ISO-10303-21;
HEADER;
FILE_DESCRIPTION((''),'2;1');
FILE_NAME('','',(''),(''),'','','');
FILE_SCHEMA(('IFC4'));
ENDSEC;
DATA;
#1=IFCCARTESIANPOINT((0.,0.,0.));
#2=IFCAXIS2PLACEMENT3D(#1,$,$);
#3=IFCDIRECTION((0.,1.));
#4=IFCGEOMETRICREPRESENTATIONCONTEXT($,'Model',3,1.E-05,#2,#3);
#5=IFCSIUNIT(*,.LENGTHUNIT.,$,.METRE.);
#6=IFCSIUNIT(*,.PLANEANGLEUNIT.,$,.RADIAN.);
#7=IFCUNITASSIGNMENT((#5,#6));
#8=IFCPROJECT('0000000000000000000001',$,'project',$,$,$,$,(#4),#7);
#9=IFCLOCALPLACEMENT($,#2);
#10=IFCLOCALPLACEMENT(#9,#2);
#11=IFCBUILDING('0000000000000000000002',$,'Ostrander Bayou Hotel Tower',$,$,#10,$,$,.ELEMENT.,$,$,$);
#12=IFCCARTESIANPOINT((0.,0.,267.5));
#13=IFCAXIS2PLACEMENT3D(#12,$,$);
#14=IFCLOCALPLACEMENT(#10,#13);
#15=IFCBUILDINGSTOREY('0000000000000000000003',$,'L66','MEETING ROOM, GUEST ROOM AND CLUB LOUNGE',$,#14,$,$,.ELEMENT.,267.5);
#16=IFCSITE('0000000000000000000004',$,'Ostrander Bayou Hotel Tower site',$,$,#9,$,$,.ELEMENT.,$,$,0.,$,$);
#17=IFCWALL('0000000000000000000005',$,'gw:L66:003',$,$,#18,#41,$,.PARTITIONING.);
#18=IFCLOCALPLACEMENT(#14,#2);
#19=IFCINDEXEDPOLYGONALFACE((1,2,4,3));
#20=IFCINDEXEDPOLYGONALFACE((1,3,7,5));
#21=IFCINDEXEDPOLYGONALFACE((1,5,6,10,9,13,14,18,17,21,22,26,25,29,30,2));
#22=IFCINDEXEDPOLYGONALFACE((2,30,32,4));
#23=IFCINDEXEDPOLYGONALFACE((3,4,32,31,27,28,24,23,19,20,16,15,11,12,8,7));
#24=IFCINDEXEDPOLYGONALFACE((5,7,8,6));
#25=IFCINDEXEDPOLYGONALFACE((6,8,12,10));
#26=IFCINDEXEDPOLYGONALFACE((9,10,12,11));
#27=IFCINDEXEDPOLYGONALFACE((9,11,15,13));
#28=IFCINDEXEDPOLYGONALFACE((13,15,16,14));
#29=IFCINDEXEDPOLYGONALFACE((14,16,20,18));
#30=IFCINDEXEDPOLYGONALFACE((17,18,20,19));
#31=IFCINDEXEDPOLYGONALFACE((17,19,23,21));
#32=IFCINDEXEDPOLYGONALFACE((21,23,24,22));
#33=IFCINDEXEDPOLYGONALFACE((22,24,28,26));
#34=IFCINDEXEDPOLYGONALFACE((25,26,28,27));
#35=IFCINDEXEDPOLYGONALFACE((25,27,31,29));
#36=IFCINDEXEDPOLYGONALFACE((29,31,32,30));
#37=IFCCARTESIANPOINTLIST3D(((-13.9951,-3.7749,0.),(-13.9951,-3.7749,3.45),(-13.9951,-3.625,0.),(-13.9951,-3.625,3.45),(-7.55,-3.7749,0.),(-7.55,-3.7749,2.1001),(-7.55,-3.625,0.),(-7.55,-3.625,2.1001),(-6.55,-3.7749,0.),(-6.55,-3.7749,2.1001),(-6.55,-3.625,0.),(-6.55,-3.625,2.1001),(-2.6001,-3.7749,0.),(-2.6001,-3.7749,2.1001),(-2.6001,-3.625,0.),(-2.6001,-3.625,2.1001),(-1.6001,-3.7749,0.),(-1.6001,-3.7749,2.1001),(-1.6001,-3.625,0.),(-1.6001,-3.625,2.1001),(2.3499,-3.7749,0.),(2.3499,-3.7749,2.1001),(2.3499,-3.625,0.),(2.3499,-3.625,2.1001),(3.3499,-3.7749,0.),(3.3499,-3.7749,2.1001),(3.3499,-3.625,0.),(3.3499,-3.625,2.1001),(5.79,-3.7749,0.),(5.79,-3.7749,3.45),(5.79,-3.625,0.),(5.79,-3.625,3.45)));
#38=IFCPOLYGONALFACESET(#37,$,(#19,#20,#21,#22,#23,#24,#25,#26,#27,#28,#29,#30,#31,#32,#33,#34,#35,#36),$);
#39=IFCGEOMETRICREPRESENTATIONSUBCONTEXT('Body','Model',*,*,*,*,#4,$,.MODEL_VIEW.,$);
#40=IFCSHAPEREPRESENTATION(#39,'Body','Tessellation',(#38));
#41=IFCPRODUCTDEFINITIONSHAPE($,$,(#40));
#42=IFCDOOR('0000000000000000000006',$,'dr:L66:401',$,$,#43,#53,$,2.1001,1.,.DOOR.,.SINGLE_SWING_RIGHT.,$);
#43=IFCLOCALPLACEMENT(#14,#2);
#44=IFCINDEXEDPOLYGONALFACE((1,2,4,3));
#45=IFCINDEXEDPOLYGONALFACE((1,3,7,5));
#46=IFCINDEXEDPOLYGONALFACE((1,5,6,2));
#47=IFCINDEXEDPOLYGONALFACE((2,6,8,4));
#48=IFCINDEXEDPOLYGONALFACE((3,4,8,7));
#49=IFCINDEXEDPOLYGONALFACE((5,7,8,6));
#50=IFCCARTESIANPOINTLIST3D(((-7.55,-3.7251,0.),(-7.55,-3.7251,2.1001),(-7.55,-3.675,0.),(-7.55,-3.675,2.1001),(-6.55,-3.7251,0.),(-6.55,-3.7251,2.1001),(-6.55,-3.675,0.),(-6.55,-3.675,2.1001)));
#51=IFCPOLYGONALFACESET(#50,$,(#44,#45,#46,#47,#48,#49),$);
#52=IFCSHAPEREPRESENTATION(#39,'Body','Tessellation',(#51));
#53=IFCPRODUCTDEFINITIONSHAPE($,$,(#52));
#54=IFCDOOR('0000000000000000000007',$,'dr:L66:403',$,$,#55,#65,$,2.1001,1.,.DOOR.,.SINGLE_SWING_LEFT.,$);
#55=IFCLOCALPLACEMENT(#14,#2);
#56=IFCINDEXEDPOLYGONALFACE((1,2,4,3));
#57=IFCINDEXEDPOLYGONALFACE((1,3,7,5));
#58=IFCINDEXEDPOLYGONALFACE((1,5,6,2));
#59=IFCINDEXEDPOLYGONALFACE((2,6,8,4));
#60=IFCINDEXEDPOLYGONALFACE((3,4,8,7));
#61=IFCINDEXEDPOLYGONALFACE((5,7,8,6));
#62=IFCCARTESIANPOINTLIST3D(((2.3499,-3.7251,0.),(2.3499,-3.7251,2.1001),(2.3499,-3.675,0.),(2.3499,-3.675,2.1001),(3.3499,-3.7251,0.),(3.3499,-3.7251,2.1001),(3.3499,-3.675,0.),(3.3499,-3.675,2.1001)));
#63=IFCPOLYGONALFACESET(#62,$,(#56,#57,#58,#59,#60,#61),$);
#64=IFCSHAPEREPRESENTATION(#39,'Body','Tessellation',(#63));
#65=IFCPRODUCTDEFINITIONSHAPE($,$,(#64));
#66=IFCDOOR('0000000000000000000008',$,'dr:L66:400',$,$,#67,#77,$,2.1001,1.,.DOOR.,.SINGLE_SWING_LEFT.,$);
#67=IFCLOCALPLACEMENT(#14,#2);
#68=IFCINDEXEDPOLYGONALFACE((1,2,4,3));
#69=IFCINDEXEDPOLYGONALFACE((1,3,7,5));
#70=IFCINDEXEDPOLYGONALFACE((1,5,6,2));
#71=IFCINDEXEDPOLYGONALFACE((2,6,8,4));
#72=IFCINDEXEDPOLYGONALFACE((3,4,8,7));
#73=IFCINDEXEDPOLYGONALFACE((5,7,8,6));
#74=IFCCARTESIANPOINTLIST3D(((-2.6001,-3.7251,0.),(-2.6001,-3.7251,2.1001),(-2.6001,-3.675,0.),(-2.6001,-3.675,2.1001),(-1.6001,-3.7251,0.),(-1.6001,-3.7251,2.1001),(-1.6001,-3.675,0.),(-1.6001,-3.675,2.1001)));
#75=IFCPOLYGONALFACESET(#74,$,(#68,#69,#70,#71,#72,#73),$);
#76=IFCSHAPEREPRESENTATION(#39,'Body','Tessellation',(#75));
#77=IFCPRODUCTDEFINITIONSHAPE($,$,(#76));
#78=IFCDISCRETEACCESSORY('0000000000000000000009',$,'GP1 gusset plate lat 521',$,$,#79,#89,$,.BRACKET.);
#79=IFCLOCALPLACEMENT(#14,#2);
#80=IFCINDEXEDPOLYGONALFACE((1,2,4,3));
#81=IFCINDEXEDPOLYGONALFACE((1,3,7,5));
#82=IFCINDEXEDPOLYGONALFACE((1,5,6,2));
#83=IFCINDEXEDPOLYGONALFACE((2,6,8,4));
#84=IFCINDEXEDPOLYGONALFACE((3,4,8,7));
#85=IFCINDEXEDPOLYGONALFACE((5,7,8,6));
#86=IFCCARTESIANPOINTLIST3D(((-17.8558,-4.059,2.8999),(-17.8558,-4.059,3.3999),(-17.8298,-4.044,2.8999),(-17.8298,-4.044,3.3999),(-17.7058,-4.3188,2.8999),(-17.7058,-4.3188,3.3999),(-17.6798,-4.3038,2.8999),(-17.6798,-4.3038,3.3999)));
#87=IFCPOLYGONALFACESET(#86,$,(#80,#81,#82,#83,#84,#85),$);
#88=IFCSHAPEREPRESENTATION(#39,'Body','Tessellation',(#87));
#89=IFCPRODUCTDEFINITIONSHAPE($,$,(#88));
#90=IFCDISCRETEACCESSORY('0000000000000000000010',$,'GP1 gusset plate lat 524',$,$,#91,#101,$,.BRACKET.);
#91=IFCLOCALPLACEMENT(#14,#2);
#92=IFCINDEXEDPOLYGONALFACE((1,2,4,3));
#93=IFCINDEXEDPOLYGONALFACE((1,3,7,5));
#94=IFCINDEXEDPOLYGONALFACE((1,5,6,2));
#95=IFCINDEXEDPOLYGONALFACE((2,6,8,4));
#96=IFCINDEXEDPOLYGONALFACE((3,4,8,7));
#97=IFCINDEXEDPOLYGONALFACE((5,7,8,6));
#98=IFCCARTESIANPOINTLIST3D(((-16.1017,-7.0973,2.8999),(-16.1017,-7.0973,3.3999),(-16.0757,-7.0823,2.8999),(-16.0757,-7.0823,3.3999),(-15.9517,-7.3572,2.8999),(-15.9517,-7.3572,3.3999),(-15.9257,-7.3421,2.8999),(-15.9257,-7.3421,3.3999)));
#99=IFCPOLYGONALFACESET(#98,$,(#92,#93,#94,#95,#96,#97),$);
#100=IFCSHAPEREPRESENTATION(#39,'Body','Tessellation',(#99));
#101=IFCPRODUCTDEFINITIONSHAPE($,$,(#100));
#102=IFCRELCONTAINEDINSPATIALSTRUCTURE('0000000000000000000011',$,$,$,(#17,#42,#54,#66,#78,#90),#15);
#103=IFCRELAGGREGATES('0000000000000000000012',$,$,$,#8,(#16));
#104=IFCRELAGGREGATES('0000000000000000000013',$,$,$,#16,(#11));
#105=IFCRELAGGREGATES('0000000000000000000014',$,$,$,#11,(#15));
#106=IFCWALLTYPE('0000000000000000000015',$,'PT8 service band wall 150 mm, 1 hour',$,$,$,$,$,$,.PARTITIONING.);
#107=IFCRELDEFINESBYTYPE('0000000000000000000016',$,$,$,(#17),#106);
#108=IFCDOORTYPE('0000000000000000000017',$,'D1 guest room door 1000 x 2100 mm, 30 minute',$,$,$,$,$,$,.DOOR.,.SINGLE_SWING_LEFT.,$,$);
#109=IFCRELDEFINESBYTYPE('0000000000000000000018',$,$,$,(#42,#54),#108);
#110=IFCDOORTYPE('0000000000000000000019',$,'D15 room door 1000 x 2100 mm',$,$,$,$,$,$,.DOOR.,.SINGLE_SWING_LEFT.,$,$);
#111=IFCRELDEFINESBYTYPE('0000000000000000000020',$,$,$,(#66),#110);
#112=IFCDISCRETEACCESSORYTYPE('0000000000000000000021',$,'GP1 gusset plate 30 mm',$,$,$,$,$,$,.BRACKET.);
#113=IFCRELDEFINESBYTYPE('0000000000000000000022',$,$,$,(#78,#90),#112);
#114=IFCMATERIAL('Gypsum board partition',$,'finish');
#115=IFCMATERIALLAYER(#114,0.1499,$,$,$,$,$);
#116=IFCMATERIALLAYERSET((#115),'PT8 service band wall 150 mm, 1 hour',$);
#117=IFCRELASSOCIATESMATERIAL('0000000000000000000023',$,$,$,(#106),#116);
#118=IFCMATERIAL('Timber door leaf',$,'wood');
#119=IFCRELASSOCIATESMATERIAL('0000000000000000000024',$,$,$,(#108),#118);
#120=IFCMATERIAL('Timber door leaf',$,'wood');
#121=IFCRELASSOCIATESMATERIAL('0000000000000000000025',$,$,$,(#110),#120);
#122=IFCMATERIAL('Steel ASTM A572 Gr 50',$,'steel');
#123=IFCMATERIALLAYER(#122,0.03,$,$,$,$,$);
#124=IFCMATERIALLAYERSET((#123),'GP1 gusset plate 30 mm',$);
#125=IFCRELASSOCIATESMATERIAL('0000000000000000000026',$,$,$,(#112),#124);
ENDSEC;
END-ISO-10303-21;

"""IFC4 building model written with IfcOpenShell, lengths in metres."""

from ifc_helpers import new_model, si_unit, direction, frame, frame_2d, origin, origin_2d, place, context, subcontext, project, spatial, rectangle, extrude, material, layer, layer_set, type_object, element, fill, save


model = new_model("IFC4")

# Units and contexts
model_context = context("Model", 3, precision=1e-05, world=origin(), true_north=direction((0.0, 1.0)))
body_context = subcontext(model_context, "Body", "Model", "MODEL_VIEW")
ifc_project = project(units=[si_unit("LENGTHUNIT", "METRE"), si_unit("PLANEANGLEUNIT", "RADIAN")], contexts=[model_context])

# Site, building, storey
site_placement = place(None, origin())
site = spatial("IfcSite", under=ifc_project, at=site_placement, Name="Ostrander Bayou Hotel Tower site", CompositionType="ELEMENT", RefElevation=0.0)
building_placement = place(site_placement, origin())
building = spatial("IfcBuilding", under=site, at=building_placement, Name="Ostrander Bayou Hotel Tower", CompositionType="ELEMENT")
storey_placement = place(building_placement, frame((0.0, 0.0, 267.5)))
storey = spatial("IfcBuildingStorey", under=building, at=storey_placement, Name="L66", Description="MEETING ROOM, GUEST ROOM AND CLUB LOUNGE", CompositionType="ELEMENT", Elevation=267.5)

# Wall, openings, doors
ifc_material_1 = material(Name="Gypsum board partition", Category="finish")
ifc_layer_1 = layer(ifc_material_1, 0.1499)
ifc_layer_set_1 = layer_set([ifc_layer_1], Name="PT8 service band wall 150 mm, 1 hour")
wall_type_1 = type_object("IfcWallType", Name="PT8 service band wall 150 mm, 1 hour", PredefinedType="PARTITIONING", material=ifc_layer_set_1)
wall_1_placement = place(storey_placement, frame((-13.9951, -3.7, 0.0), z_axis=(0.0, 0.0, 1.0), x_axis=(1.0, 0.0, 0.0)))
wall_1 = element("IfcWall", 1, at=wall_1_placement, inside=storey, type_object=wall_type_1, Name="gw:L66:003", PredefinedType="PARTITIONING", context=body_context, shape_type="SweptSolid", body=[
    extrude(rectangle(XDim=19.7852, YDim=0.1499, at=frame_2d((9.8926, 0.0))), origin(), (0.0, 0.0, 1.0), 3.45),
])
opening_1_placement = place(wall_1_placement, frame((11.395, 0.0, 0.0)))
opening_1 = element("IfcOpeningElement", 2, at=opening_1_placement, cuts=wall_1, PredefinedType="OPENING", context=body_context, shape_type="SweptSolid", body=[
    extrude(rectangle(XDim=1.0, YDim=2.1001, at=frame_2d((0.5, 1.05))), frame((0.0, 0.075, 0.0), z_axis=(0.0, -1.0, 0.0), x_axis=(1.0, 0.0, 0.0)), (0.0, 0.0, 1.0), 0.1499),
])
opening_2_placement = place(wall_1_placement, frame((6.4451, 0.0, 0.0)))
opening_2 = element("IfcOpeningElement", 3, at=opening_2_placement, cuts=wall_1, PredefinedType="OPENING", context=body_context, shape_type="SweptSolid", body=[
    extrude(rectangle(XDim=1.0, YDim=2.1001, at=frame_2d((0.5, 1.05))), frame((0.0, 0.075, 0.0), z_axis=(0.0, -1.0, 0.0), x_axis=(1.0, 0.0, 0.0)), (0.0, 0.0, 1.0), 0.1499),
])
opening_3_placement = place(wall_1_placement, frame((16.345, 0.0, 0.0)))
opening_3 = element("IfcOpeningElement", 4, at=opening_3_placement, cuts=wall_1, PredefinedType="OPENING", context=body_context, shape_type="SweptSolid", body=[
    extrude(rectangle(XDim=1.0, YDim=2.1001, at=frame_2d((0.5, 1.05))), frame((0.0, 0.075, 0.0), z_axis=(0.0, -1.0, 0.0), x_axis=(1.0, 0.0, 0.0)), (0.0, 0.0, 1.0), 0.1499),
])
ifc_material_2 = material(Name="Timber door leaf", Category="wood")
door_type_1 = type_object("IfcDoorType", Name="D1 guest room door 1000 x 2100 mm, 30 minute", OperationType="SINGLE_SWING_LEFT", PredefinedType="DOOR", material=ifc_material_2)
door_1_placement = place(opening_2_placement, origin())
door_1 = element("IfcDoor", 5, at=door_1_placement, inside=storey, type_object=door_type_1, Name="dr:L66:401", OperationType="SINGLE_SWING_RIGHT", OverallHeight=2.1001, OverallWidth=1.0, PredefinedType="DOOR", context=body_context, shape_type="SweptSolid", body=[
    extrude(rectangle(XDim=1.0, YDim=2.1001, at=frame_2d((0.5, 1.05))), frame((0.0, 0.0249, 0.0), z_axis=(0.0, -1.0, 0.0), x_axis=(1.0, 0.0, 0.0)), (0.0, 0.0, 1.0), 0.05),
])
fill(opening_2, door_1)
door_2_placement = place(opening_3_placement, origin())
door_2 = element("IfcDoor", 6, at=door_2_placement, inside=storey, type_object=door_type_1, Name="dr:L66:403", OperationType="SINGLE_SWING_LEFT", OverallHeight=2.1001, OverallWidth=1.0, PredefinedType="DOOR", context=body_context, shape_type="SweptSolid", body=[
    extrude(rectangle(XDim=1.0, YDim=2.1001, at=frame_2d((0.5, 1.05))), frame((0.0, 0.0249, 0.0), z_axis=(0.0, -1.0, 0.0), x_axis=(1.0, 0.0, 0.0)), (0.0, 0.0, 1.0), 0.05),
])
fill(opening_3, door_2)
ifc_material_3 = material(Name="Timber door leaf", Category="wood")
door_type_2 = type_object("IfcDoorType", Name="D15 room door 1000 x 2100 mm", OperationType="SINGLE_SWING_LEFT", PredefinedType="DOOR", material=ifc_material_3)
door_3_placement = place(opening_1_placement, origin())
door_3 = element("IfcDoor", 7, at=door_3_placement, inside=storey, type_object=door_type_2, Name="dr:L66:400", OperationType="SINGLE_SWING_LEFT", OverallHeight=2.1001, OverallWidth=1.0, PredefinedType="DOOR", context=body_context, shape_type="SweptSolid", body=[
    extrude(rectangle(XDim=1.0, YDim=2.1001, at=frame_2d((0.5, 1.05))), frame((0.0, 0.0249, 0.0), z_axis=(0.0, -1.0, 0.0), x_axis=(1.0, 0.0, 0.0)), (0.0, 0.0, 1.0), 0.05),
])
fill(opening_1, door_3)

# Discrete accessories
ifc_material_4 = material(Name="Steel ASTM A572 Gr 50", Category="steel")
ifc_layer_2 = layer(ifc_material_4, 0.03)
ifc_layer_set_2 = layer_set([ifc_layer_2], Name="GP1 gusset plate 30 mm")
discrete_accessory_type = type_object("IfcDiscreteAccessoryType", Name="GP1 gusset plate 30 mm", PredefinedType="BRACKET", material=ifc_layer_set_2)
for number, where, z_axis, x_axis, name in (
    (8, (-17.7678, -4.1814, 2.8999), (0.0, 0.0, 1.0), (0.5, -0.866025, 0.0), "GP1 gusset plate lat 521"),
    (9, (-16.0137, -7.2197, 2.8999), (0.0, 0.0, 1.0), (0.5, -0.866025, 0.0), "GP1 gusset plate lat 524"),
):
    element("IfcDiscreteAccessory", number, at=place(storey_placement, frame(where, z_axis=z_axis, x_axis=x_axis)), inside=storey, type_object=discrete_accessory_type, Name=name, PredefinedType="BRACKET", context=body_context, shape_type="SweptSolid", body=[
        extrude(rectangle(XDim=0.3, YDim=0.03, at=origin_2d()), origin(), (0.0, 0.0, 1.0), 0.5),
    ])

save(model, "model.ifc")
